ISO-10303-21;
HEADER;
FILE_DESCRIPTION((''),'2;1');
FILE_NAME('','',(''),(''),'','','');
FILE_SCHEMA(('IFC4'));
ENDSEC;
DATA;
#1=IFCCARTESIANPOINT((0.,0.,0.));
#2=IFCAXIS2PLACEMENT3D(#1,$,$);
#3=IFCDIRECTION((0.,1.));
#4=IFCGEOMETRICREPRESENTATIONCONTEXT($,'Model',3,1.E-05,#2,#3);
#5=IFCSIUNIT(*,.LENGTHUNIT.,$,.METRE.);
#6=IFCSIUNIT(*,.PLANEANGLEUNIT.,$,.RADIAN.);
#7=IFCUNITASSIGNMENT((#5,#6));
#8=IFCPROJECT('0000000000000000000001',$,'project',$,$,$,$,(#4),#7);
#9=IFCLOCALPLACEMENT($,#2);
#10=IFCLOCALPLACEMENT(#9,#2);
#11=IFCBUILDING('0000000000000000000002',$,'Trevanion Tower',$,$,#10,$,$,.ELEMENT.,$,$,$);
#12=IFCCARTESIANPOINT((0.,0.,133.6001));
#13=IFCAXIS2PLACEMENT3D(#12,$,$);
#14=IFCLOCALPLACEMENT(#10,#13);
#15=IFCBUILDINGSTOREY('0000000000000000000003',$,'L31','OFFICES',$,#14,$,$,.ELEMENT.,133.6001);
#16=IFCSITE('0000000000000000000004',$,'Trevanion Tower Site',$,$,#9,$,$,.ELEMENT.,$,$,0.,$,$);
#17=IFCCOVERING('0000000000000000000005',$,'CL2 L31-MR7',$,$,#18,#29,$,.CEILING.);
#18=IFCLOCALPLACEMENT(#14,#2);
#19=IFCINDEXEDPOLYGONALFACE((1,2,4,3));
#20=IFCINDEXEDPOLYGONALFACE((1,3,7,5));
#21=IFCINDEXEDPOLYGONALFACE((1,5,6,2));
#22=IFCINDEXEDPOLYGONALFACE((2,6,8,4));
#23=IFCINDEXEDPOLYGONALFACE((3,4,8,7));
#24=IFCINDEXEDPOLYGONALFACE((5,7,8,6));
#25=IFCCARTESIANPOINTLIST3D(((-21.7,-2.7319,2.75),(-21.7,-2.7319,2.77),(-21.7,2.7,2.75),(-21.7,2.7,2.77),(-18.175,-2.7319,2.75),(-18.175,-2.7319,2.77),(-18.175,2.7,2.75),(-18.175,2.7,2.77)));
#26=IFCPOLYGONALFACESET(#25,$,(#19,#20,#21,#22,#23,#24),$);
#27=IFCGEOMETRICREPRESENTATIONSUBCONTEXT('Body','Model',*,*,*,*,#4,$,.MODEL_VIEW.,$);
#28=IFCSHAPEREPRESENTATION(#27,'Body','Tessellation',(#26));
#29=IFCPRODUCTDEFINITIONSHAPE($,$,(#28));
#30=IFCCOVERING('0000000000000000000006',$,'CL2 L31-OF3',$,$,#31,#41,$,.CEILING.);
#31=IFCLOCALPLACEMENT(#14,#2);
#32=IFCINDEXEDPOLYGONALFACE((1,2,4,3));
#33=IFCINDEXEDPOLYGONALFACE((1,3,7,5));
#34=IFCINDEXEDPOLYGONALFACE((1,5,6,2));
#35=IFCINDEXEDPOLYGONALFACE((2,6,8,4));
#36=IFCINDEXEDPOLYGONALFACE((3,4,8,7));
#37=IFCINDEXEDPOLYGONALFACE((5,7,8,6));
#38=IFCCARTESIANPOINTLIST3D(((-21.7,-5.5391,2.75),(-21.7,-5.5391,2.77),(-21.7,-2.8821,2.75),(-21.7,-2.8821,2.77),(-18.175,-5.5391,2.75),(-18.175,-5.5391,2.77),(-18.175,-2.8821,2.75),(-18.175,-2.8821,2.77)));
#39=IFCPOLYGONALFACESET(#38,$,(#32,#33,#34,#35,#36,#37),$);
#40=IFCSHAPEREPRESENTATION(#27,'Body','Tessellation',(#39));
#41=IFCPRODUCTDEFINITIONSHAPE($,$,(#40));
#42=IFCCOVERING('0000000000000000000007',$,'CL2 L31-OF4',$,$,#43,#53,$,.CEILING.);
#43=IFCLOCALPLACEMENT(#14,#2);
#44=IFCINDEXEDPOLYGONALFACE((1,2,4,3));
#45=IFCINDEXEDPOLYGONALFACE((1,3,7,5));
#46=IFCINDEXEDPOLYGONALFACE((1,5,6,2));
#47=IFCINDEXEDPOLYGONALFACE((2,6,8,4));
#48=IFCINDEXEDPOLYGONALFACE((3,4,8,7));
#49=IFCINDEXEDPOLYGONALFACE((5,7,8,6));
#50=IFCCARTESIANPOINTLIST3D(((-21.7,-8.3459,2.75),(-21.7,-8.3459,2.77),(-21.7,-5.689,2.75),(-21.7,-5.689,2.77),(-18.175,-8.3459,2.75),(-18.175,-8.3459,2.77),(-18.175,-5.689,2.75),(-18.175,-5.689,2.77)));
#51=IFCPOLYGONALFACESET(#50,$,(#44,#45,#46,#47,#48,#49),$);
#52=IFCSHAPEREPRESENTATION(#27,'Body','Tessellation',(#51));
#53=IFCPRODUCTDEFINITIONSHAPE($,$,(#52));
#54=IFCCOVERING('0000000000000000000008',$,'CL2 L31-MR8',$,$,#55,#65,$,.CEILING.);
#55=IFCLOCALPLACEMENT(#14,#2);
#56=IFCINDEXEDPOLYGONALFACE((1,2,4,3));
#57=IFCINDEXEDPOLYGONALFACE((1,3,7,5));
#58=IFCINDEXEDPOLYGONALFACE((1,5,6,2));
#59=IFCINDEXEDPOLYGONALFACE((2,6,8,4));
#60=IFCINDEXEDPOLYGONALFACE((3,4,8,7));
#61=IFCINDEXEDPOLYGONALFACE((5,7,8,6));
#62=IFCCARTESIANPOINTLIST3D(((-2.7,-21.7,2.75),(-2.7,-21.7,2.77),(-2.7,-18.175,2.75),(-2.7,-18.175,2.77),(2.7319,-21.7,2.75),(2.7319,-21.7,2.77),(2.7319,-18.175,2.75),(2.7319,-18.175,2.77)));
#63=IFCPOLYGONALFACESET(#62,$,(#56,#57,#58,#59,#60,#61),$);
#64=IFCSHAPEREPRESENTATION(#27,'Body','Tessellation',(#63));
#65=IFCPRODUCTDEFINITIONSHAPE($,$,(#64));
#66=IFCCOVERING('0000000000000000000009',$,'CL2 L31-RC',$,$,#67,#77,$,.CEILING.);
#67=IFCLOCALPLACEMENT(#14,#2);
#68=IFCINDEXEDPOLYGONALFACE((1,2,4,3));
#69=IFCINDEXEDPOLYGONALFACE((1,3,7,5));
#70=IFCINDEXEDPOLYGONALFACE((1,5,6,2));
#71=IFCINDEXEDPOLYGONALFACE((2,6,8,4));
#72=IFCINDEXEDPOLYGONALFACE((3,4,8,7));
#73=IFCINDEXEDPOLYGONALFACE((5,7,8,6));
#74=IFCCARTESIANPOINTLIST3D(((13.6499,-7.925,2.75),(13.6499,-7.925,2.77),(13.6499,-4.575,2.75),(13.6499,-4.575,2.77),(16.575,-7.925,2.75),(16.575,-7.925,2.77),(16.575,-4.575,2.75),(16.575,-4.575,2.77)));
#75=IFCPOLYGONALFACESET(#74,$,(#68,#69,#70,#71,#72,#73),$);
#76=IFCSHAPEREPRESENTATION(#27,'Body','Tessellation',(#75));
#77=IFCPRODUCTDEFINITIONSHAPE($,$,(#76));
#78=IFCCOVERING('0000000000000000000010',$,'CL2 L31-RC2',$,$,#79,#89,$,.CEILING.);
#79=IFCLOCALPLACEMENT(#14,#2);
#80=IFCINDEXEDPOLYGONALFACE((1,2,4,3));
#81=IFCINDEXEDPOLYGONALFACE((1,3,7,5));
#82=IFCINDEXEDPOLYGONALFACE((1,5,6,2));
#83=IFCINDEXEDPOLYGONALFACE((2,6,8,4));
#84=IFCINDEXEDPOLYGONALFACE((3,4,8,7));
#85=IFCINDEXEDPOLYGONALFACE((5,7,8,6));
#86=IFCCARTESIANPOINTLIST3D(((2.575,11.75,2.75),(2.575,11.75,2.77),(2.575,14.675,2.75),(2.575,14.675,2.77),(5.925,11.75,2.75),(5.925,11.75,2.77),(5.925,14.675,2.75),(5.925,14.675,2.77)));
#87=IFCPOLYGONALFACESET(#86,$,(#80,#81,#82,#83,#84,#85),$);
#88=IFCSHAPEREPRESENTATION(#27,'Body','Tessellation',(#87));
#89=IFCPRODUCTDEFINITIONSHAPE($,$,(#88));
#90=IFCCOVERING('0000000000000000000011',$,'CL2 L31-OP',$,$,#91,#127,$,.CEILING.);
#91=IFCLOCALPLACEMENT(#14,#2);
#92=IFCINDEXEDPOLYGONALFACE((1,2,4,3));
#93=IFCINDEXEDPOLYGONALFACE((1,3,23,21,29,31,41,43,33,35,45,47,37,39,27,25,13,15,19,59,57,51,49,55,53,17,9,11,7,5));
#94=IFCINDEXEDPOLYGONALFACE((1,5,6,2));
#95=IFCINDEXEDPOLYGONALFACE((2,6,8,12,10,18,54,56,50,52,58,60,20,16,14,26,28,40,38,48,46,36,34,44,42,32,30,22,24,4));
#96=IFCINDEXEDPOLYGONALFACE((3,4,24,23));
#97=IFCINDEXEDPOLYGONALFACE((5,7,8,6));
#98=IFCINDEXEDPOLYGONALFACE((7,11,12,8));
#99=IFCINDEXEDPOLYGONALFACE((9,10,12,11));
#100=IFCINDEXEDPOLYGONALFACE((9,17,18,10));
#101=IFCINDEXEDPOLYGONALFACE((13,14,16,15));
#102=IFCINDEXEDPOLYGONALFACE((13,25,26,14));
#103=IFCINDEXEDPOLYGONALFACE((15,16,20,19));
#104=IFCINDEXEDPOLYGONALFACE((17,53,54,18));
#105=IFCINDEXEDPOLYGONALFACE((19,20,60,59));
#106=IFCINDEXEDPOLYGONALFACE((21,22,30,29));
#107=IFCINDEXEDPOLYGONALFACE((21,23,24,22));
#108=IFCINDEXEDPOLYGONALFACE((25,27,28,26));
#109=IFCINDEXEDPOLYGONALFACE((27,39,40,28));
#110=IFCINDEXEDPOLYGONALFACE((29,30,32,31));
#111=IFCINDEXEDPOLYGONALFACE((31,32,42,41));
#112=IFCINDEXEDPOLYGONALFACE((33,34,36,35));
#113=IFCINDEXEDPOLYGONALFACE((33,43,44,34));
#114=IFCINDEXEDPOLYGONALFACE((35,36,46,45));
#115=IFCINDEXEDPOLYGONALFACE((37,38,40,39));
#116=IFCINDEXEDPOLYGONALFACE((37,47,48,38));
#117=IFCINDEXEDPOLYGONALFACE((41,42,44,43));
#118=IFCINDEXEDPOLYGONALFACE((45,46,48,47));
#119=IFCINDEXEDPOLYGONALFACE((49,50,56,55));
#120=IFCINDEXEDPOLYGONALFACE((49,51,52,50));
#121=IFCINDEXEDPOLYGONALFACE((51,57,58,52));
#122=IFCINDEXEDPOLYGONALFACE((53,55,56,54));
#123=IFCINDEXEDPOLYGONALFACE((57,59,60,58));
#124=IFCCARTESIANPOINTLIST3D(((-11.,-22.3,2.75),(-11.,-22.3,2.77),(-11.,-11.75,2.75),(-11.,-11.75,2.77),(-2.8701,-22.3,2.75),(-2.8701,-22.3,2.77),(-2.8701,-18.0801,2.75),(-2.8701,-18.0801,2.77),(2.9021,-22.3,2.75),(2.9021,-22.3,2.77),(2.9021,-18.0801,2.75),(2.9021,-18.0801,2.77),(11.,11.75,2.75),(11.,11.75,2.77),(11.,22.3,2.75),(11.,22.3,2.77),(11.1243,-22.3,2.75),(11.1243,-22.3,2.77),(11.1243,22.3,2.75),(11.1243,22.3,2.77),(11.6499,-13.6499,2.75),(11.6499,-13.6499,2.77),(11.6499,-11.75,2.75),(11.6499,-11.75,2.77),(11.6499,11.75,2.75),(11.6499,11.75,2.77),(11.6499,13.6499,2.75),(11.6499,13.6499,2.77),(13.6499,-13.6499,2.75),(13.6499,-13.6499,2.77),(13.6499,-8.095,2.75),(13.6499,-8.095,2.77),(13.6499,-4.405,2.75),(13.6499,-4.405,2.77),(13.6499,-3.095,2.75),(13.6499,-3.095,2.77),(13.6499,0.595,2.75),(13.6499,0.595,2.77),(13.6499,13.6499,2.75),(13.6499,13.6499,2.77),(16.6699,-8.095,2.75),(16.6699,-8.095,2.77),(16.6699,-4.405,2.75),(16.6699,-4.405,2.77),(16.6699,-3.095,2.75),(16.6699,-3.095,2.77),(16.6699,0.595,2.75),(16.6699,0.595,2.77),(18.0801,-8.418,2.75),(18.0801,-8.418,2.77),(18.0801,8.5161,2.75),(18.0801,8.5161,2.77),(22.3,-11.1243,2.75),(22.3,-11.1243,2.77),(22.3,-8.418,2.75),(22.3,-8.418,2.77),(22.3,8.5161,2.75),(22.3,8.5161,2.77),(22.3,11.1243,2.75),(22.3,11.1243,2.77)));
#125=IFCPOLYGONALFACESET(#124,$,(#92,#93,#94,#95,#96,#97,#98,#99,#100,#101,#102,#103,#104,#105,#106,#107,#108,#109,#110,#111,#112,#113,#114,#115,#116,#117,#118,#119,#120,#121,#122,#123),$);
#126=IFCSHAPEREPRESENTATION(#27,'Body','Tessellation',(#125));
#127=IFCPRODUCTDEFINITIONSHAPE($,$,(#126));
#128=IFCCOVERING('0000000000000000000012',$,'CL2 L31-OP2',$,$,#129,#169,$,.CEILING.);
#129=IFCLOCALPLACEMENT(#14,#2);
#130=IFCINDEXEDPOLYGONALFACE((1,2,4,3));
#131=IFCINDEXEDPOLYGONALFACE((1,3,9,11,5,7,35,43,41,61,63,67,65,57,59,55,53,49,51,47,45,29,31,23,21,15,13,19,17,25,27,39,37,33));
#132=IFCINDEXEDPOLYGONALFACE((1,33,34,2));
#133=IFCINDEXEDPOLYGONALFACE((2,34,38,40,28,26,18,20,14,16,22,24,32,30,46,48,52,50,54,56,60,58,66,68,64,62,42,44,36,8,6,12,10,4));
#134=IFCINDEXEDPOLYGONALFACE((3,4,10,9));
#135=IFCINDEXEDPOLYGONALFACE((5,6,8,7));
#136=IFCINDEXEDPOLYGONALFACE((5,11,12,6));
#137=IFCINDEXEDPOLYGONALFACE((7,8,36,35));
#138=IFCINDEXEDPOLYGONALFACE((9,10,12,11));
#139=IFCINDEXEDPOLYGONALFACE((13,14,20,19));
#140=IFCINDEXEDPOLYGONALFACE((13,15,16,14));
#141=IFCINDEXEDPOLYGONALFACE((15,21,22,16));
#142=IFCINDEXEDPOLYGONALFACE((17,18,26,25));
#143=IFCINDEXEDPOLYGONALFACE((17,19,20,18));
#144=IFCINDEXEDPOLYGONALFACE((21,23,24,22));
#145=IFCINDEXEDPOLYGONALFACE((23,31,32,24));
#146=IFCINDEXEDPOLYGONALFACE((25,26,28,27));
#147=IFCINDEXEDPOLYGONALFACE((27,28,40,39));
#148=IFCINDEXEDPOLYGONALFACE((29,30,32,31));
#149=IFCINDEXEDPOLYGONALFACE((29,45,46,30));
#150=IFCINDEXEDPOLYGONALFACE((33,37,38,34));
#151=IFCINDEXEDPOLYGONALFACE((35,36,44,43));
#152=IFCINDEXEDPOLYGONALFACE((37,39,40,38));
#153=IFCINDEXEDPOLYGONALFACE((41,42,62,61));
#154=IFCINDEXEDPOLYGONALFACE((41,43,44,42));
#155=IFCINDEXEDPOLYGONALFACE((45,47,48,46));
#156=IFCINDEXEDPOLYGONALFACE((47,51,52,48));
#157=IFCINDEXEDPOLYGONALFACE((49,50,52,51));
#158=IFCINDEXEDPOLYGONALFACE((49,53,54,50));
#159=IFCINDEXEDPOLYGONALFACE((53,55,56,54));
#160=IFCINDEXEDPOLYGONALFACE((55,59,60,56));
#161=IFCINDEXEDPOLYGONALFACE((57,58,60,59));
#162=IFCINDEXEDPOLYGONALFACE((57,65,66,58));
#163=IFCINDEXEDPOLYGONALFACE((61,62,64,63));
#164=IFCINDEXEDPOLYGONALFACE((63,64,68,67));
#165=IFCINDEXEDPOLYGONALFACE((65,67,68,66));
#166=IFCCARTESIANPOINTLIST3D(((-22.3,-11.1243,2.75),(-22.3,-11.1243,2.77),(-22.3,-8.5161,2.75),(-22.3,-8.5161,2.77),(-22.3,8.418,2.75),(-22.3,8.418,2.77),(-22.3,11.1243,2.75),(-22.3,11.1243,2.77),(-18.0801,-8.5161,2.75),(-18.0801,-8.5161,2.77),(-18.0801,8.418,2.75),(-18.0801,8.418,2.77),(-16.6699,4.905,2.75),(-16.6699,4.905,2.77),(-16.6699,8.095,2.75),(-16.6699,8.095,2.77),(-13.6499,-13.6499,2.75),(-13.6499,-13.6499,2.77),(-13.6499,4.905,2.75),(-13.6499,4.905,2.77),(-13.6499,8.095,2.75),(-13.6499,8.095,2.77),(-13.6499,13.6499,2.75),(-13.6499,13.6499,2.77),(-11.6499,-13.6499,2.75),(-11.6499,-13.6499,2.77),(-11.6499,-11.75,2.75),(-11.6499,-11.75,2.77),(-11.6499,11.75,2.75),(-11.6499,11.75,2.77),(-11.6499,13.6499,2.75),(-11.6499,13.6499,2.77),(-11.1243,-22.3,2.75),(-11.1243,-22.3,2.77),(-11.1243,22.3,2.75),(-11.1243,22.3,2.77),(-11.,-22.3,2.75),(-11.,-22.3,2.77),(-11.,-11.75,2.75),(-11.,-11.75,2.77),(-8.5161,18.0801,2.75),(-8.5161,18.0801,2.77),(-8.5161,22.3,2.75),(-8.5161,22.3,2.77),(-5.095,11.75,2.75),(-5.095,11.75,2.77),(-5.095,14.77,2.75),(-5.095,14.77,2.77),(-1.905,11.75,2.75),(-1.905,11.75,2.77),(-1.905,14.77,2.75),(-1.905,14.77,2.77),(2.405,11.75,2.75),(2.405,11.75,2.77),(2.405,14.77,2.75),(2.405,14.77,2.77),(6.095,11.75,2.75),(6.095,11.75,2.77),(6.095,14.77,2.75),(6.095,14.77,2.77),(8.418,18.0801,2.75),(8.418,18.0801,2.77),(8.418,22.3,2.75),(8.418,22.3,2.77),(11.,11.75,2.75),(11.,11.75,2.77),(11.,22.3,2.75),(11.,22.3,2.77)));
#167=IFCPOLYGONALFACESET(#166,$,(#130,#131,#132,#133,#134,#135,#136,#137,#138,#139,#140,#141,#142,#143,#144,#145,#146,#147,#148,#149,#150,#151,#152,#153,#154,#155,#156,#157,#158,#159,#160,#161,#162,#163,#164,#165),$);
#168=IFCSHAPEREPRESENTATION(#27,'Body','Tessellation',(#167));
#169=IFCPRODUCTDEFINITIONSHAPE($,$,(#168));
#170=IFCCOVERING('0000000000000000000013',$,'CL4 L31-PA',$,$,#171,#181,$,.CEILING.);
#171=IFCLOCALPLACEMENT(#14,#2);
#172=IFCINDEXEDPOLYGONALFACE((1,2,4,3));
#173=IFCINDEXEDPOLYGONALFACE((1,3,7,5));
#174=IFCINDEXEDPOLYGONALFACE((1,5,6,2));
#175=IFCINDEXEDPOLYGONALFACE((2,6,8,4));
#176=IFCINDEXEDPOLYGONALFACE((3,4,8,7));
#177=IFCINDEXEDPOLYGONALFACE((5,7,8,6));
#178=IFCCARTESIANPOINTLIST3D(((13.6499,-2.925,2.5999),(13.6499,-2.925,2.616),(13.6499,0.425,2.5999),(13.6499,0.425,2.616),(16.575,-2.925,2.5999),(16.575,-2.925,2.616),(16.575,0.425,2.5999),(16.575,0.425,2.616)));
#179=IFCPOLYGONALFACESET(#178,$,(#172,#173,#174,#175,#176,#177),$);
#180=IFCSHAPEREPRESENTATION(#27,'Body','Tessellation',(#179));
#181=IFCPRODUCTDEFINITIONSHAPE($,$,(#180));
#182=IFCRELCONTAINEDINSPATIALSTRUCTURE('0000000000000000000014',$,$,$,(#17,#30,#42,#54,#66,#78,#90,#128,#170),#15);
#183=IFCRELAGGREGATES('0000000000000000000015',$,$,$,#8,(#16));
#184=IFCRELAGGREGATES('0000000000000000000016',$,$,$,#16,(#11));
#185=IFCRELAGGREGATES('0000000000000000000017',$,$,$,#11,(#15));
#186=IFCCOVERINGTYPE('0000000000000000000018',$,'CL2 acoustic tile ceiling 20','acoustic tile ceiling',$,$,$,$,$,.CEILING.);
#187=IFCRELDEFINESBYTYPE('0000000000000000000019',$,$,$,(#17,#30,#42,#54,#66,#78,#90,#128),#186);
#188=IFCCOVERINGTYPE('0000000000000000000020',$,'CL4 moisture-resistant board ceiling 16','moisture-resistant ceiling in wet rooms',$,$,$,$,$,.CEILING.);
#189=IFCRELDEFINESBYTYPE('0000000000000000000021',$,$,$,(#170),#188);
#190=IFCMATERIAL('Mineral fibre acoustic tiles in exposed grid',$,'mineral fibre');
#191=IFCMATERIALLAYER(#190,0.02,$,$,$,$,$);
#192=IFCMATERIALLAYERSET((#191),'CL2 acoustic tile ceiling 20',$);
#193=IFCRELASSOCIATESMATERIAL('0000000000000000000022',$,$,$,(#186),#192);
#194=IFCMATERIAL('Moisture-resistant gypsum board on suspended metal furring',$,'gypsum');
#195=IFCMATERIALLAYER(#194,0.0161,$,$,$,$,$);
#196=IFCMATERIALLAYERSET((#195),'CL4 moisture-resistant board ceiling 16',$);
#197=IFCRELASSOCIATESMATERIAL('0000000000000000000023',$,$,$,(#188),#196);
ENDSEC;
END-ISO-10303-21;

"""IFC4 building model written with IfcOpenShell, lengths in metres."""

from ifc_helpers import new_model, si_unit, direction, frame, origin, place, context, subcontext, project, spatial, polyline, outline, extrude, material, layer, layer_set, type_object, element, save


model = new_model("IFC4")

# Units and contexts
model_context = context("Model", 3, precision=1e-05, world=origin(), true_north=direction((0.0, 1.0)))
body_context = subcontext(model_context, "Body", "Model", "MODEL_VIEW")
ifc_project = project(units=[si_unit("LENGTHUNIT", "METRE"), si_unit("PLANEANGLEUNIT", "RADIAN")], contexts=[model_context])

# Site, building, storey
site_placement = place(None, origin())
site = spatial("IfcSite", under=ifc_project, at=site_placement, Name="Trevanion Tower Site", CompositionType="ELEMENT", RefElevation=0.0)
building_placement = place(site_placement, origin())
building = spatial("IfcBuilding", under=site, at=building_placement, Name="Trevanion Tower", CompositionType="ELEMENT")
storey_placement = place(building_placement, frame((0.0, 0.0, 133.6001)))
storey = spatial("IfcBuildingStorey", under=building, at=storey_placement, Name="L31", Description="OFFICES", CompositionType="ELEMENT", Elevation=133.6001)

# Coverings
ifc_material_1 = material(Name="Mineral fibre acoustic tiles in exposed grid", Category="mineral fibre")
ifc_layer_1 = layer(ifc_material_1, 0.02)
ifc_layer_set_1 = layer_set([ifc_layer_1], Name="CL2 acoustic tile ceiling 20")
covering_type_1 = type_object("IfcCoveringType", Name="CL2 acoustic tile ceiling 20", Description="acoustic tile ceiling", PredefinedType="CEILING", material=ifc_layer_set_1)
covering_1_placement = place(storey_placement, frame((0.0, 0.0, 2.75)))
element("IfcCovering", 1, at=covering_1_placement, inside=storey, type_object=covering_type_1, Name="CL2 L31-MR7", PredefinedType="CEILING", context=body_context, shape_type="SweptSolid", body=[
    extrude(outline(polyline([(-18.175, 2.7), (-18.175, -2.7319), (-21.7, -2.7319), (-21.7, 2.7), (-18.175, 2.7)])), origin(), (0.0, 0.0, 1.0), 0.02),
])
covering_2_placement = place(storey_placement, frame((0.0, 0.0, 2.75)))
element("IfcCovering", 2, at=covering_2_placement, inside=storey, type_object=covering_type_1, Name="CL2 L31-OF3", PredefinedType="CEILING", context=body_context, shape_type="SweptSolid", body=[
    extrude(outline(polyline([(-18.175, -2.8821), (-18.175, -5.5391), (-21.7, -5.5391), (-21.7, -2.8821), (-18.175, -2.8821)])), origin(), (0.0, 0.0, 1.0), 0.02),
])
covering_3_placement = place(storey_placement, frame((0.0, 0.0, 2.75)))
element("IfcCovering", 3, at=covering_3_placement, inside=storey, type_object=covering_type_1, Name="CL2 L31-OF4", PredefinedType="CEILING", context=body_context, shape_type="SweptSolid", body=[
    extrude(outline(polyline([(-18.175, -5.689), (-18.175, -8.3459), (-21.7, -8.3459), (-21.7, -5.689), (-18.175, -5.689)])), origin(), (0.0, 0.0, 1.0), 0.02),
])
covering_4_placement = place(storey_placement, frame((0.0, 0.0, 2.75)))
element("IfcCovering", 4, at=covering_4_placement, inside=storey, type_object=covering_type_1, Name="CL2 L31-MR8", PredefinedType="CEILING", context=body_context, shape_type="SweptSolid", body=[
    extrude(outline(polyline([(-2.7, -18.175), (2.7319, -18.175), (2.7319, -21.7), (-2.7, -21.7), (-2.7, -18.175)])), origin(), (0.0, 0.0, 1.0), 0.02),
])
covering_5_placement = place(storey_placement, frame((0.0, 0.0, 2.75)))
element("IfcCovering", 5, at=covering_5_placement, inside=storey, type_object=covering_type_1, Name="CL2 L31-RC", PredefinedType="CEILING", context=body_context, shape_type="SweptSolid", body=[
    extrude(outline(polyline([(13.6499, -7.925), (13.6499, -4.575), (16.575, -4.575), (16.575, -7.925), (13.6499, -7.925)])), origin(), (0.0, 0.0, 1.0), 0.02),
])
covering_6_placement = place(storey_placement, frame((0.0, 0.0, 2.75)))
element("IfcCovering", 6, at=covering_6_placement, inside=storey, type_object=covering_type_1, Name="CL2 L31-RC2", PredefinedType="CEILING", context=body_context, shape_type="SweptSolid", body=[
    extrude(outline(polyline([(2.575, 14.675), (5.925, 14.675), (5.925, 11.75), (2.575, 11.75), (2.575, 14.675)])), origin(), (0.0, 0.0, 1.0), 0.02),
])
covering_7_placement = place(storey_placement, frame((0.0, 0.0, 2.75)))
element("IfcCovering", 7, at=covering_7_placement, inside=storey, type_object=covering_type_1, Name="CL2 L31-OP", PredefinedType="CEILING", context=body_context, shape_type="SweptSolid", body=[
    extrude(outline(polyline([(11.6499, -13.6499), (13.6499, -13.6499), (13.6499, -8.095), (16.6699, -8.095), (16.6699, -4.405), (13.6499, -4.405), (13.6499, -3.095), (16.6699, -3.095), (16.6699, 0.595), (13.6499, 0.595), (13.6499, 13.6499), (11.6499, 13.6499), (11.6499, 11.75), (11.0, 11.75), (11.0, 22.3), (11.1243, 22.3), (22.3, 11.1243), (22.3, 8.5161), (18.0801, 8.5161), (18.0801, -8.418), (22.3, -8.418), (22.3, -11.1243), (11.1243, -22.3), (2.9021, -22.3), (2.9021, -18.0801), (-2.8701, -18.0801), (-2.8701, -22.3), (-11.0, -22.3), (-11.0, -11.75), (11.6499, -11.75), (11.6499, -13.6499)])), origin(), (0.0, 0.0, 1.0), 0.02),
])
covering_8_placement = place(storey_placement, frame((0.0, 0.0, 2.75)))
element("IfcCovering", 8, at=covering_8_placement, inside=storey, type_object=covering_type_1, Name="CL2 L31-OP2", PredefinedType="CEILING", context=body_context, shape_type="SweptSolid", body=[
    extrude(outline(polyline([(-11.6499, -13.6499), (-11.6499, -11.75), (-11.0, -11.75), (-11.0, -22.3), (-11.1243, -22.3), (-22.3, -11.1243), (-22.3, -8.5161), (-18.0801, -8.5161), (-18.0801, 8.418), (-22.3, 8.418), (-22.3, 11.1243), (-11.1243, 22.3), (-8.5161, 22.3), (-8.5161, 18.0801), (8.418, 18.0801), (8.418, 22.3), (11.0, 22.3), (11.0, 11.75), (6.095, 11.75), (6.095, 14.77), (2.405, 14.77), (2.405, 11.75), (-1.905, 11.75), (-1.905, 14.77), (-5.095, 14.77), (-5.095, 11.75), (-11.6499, 11.75), (-11.6499, 13.6499), (-13.6499, 13.6499), (-13.6499, 8.095), (-16.6699, 8.095), (-16.6699, 4.905), (-13.6499, 4.905), (-13.6499, -13.6499), (-11.6499, -13.6499)])), origin(), (0.0, 0.0, 1.0), 0.02),
])
ifc_material_2 = material(Name="Moisture-resistant gypsum board on suspended metal furring", Category="gypsum")
ifc_layer_2 = layer(ifc_material_2, 0.0161)
ifc_layer_set_2 = layer_set([ifc_layer_2], Name="CL4 moisture-resistant board ceiling 16")
covering_type_2 = type_object("IfcCoveringType", Name="CL4 moisture-resistant board ceiling 16", Description="moisture-resistant ceiling in wet rooms", PredefinedType="CEILING", material=ifc_layer_set_2)
covering_9_placement = place(storey_placement, frame((0.0, 0.0, 2.5999)))
element("IfcCovering", 9, at=covering_9_placement, inside=storey, type_object=covering_type_2, Name="CL4 L31-PA", PredefinedType="CEILING", context=body_context, shape_type="SweptSolid", body=[
    extrude(outline(polyline([(13.6499, -2.925), (13.6499, 0.425), (16.575, 0.425), (16.575, -2.925), (13.6499, -2.925)])), origin(), (0.0, 0.0, 1.0), 0.0161),
])

save(model, "model.ifc")
